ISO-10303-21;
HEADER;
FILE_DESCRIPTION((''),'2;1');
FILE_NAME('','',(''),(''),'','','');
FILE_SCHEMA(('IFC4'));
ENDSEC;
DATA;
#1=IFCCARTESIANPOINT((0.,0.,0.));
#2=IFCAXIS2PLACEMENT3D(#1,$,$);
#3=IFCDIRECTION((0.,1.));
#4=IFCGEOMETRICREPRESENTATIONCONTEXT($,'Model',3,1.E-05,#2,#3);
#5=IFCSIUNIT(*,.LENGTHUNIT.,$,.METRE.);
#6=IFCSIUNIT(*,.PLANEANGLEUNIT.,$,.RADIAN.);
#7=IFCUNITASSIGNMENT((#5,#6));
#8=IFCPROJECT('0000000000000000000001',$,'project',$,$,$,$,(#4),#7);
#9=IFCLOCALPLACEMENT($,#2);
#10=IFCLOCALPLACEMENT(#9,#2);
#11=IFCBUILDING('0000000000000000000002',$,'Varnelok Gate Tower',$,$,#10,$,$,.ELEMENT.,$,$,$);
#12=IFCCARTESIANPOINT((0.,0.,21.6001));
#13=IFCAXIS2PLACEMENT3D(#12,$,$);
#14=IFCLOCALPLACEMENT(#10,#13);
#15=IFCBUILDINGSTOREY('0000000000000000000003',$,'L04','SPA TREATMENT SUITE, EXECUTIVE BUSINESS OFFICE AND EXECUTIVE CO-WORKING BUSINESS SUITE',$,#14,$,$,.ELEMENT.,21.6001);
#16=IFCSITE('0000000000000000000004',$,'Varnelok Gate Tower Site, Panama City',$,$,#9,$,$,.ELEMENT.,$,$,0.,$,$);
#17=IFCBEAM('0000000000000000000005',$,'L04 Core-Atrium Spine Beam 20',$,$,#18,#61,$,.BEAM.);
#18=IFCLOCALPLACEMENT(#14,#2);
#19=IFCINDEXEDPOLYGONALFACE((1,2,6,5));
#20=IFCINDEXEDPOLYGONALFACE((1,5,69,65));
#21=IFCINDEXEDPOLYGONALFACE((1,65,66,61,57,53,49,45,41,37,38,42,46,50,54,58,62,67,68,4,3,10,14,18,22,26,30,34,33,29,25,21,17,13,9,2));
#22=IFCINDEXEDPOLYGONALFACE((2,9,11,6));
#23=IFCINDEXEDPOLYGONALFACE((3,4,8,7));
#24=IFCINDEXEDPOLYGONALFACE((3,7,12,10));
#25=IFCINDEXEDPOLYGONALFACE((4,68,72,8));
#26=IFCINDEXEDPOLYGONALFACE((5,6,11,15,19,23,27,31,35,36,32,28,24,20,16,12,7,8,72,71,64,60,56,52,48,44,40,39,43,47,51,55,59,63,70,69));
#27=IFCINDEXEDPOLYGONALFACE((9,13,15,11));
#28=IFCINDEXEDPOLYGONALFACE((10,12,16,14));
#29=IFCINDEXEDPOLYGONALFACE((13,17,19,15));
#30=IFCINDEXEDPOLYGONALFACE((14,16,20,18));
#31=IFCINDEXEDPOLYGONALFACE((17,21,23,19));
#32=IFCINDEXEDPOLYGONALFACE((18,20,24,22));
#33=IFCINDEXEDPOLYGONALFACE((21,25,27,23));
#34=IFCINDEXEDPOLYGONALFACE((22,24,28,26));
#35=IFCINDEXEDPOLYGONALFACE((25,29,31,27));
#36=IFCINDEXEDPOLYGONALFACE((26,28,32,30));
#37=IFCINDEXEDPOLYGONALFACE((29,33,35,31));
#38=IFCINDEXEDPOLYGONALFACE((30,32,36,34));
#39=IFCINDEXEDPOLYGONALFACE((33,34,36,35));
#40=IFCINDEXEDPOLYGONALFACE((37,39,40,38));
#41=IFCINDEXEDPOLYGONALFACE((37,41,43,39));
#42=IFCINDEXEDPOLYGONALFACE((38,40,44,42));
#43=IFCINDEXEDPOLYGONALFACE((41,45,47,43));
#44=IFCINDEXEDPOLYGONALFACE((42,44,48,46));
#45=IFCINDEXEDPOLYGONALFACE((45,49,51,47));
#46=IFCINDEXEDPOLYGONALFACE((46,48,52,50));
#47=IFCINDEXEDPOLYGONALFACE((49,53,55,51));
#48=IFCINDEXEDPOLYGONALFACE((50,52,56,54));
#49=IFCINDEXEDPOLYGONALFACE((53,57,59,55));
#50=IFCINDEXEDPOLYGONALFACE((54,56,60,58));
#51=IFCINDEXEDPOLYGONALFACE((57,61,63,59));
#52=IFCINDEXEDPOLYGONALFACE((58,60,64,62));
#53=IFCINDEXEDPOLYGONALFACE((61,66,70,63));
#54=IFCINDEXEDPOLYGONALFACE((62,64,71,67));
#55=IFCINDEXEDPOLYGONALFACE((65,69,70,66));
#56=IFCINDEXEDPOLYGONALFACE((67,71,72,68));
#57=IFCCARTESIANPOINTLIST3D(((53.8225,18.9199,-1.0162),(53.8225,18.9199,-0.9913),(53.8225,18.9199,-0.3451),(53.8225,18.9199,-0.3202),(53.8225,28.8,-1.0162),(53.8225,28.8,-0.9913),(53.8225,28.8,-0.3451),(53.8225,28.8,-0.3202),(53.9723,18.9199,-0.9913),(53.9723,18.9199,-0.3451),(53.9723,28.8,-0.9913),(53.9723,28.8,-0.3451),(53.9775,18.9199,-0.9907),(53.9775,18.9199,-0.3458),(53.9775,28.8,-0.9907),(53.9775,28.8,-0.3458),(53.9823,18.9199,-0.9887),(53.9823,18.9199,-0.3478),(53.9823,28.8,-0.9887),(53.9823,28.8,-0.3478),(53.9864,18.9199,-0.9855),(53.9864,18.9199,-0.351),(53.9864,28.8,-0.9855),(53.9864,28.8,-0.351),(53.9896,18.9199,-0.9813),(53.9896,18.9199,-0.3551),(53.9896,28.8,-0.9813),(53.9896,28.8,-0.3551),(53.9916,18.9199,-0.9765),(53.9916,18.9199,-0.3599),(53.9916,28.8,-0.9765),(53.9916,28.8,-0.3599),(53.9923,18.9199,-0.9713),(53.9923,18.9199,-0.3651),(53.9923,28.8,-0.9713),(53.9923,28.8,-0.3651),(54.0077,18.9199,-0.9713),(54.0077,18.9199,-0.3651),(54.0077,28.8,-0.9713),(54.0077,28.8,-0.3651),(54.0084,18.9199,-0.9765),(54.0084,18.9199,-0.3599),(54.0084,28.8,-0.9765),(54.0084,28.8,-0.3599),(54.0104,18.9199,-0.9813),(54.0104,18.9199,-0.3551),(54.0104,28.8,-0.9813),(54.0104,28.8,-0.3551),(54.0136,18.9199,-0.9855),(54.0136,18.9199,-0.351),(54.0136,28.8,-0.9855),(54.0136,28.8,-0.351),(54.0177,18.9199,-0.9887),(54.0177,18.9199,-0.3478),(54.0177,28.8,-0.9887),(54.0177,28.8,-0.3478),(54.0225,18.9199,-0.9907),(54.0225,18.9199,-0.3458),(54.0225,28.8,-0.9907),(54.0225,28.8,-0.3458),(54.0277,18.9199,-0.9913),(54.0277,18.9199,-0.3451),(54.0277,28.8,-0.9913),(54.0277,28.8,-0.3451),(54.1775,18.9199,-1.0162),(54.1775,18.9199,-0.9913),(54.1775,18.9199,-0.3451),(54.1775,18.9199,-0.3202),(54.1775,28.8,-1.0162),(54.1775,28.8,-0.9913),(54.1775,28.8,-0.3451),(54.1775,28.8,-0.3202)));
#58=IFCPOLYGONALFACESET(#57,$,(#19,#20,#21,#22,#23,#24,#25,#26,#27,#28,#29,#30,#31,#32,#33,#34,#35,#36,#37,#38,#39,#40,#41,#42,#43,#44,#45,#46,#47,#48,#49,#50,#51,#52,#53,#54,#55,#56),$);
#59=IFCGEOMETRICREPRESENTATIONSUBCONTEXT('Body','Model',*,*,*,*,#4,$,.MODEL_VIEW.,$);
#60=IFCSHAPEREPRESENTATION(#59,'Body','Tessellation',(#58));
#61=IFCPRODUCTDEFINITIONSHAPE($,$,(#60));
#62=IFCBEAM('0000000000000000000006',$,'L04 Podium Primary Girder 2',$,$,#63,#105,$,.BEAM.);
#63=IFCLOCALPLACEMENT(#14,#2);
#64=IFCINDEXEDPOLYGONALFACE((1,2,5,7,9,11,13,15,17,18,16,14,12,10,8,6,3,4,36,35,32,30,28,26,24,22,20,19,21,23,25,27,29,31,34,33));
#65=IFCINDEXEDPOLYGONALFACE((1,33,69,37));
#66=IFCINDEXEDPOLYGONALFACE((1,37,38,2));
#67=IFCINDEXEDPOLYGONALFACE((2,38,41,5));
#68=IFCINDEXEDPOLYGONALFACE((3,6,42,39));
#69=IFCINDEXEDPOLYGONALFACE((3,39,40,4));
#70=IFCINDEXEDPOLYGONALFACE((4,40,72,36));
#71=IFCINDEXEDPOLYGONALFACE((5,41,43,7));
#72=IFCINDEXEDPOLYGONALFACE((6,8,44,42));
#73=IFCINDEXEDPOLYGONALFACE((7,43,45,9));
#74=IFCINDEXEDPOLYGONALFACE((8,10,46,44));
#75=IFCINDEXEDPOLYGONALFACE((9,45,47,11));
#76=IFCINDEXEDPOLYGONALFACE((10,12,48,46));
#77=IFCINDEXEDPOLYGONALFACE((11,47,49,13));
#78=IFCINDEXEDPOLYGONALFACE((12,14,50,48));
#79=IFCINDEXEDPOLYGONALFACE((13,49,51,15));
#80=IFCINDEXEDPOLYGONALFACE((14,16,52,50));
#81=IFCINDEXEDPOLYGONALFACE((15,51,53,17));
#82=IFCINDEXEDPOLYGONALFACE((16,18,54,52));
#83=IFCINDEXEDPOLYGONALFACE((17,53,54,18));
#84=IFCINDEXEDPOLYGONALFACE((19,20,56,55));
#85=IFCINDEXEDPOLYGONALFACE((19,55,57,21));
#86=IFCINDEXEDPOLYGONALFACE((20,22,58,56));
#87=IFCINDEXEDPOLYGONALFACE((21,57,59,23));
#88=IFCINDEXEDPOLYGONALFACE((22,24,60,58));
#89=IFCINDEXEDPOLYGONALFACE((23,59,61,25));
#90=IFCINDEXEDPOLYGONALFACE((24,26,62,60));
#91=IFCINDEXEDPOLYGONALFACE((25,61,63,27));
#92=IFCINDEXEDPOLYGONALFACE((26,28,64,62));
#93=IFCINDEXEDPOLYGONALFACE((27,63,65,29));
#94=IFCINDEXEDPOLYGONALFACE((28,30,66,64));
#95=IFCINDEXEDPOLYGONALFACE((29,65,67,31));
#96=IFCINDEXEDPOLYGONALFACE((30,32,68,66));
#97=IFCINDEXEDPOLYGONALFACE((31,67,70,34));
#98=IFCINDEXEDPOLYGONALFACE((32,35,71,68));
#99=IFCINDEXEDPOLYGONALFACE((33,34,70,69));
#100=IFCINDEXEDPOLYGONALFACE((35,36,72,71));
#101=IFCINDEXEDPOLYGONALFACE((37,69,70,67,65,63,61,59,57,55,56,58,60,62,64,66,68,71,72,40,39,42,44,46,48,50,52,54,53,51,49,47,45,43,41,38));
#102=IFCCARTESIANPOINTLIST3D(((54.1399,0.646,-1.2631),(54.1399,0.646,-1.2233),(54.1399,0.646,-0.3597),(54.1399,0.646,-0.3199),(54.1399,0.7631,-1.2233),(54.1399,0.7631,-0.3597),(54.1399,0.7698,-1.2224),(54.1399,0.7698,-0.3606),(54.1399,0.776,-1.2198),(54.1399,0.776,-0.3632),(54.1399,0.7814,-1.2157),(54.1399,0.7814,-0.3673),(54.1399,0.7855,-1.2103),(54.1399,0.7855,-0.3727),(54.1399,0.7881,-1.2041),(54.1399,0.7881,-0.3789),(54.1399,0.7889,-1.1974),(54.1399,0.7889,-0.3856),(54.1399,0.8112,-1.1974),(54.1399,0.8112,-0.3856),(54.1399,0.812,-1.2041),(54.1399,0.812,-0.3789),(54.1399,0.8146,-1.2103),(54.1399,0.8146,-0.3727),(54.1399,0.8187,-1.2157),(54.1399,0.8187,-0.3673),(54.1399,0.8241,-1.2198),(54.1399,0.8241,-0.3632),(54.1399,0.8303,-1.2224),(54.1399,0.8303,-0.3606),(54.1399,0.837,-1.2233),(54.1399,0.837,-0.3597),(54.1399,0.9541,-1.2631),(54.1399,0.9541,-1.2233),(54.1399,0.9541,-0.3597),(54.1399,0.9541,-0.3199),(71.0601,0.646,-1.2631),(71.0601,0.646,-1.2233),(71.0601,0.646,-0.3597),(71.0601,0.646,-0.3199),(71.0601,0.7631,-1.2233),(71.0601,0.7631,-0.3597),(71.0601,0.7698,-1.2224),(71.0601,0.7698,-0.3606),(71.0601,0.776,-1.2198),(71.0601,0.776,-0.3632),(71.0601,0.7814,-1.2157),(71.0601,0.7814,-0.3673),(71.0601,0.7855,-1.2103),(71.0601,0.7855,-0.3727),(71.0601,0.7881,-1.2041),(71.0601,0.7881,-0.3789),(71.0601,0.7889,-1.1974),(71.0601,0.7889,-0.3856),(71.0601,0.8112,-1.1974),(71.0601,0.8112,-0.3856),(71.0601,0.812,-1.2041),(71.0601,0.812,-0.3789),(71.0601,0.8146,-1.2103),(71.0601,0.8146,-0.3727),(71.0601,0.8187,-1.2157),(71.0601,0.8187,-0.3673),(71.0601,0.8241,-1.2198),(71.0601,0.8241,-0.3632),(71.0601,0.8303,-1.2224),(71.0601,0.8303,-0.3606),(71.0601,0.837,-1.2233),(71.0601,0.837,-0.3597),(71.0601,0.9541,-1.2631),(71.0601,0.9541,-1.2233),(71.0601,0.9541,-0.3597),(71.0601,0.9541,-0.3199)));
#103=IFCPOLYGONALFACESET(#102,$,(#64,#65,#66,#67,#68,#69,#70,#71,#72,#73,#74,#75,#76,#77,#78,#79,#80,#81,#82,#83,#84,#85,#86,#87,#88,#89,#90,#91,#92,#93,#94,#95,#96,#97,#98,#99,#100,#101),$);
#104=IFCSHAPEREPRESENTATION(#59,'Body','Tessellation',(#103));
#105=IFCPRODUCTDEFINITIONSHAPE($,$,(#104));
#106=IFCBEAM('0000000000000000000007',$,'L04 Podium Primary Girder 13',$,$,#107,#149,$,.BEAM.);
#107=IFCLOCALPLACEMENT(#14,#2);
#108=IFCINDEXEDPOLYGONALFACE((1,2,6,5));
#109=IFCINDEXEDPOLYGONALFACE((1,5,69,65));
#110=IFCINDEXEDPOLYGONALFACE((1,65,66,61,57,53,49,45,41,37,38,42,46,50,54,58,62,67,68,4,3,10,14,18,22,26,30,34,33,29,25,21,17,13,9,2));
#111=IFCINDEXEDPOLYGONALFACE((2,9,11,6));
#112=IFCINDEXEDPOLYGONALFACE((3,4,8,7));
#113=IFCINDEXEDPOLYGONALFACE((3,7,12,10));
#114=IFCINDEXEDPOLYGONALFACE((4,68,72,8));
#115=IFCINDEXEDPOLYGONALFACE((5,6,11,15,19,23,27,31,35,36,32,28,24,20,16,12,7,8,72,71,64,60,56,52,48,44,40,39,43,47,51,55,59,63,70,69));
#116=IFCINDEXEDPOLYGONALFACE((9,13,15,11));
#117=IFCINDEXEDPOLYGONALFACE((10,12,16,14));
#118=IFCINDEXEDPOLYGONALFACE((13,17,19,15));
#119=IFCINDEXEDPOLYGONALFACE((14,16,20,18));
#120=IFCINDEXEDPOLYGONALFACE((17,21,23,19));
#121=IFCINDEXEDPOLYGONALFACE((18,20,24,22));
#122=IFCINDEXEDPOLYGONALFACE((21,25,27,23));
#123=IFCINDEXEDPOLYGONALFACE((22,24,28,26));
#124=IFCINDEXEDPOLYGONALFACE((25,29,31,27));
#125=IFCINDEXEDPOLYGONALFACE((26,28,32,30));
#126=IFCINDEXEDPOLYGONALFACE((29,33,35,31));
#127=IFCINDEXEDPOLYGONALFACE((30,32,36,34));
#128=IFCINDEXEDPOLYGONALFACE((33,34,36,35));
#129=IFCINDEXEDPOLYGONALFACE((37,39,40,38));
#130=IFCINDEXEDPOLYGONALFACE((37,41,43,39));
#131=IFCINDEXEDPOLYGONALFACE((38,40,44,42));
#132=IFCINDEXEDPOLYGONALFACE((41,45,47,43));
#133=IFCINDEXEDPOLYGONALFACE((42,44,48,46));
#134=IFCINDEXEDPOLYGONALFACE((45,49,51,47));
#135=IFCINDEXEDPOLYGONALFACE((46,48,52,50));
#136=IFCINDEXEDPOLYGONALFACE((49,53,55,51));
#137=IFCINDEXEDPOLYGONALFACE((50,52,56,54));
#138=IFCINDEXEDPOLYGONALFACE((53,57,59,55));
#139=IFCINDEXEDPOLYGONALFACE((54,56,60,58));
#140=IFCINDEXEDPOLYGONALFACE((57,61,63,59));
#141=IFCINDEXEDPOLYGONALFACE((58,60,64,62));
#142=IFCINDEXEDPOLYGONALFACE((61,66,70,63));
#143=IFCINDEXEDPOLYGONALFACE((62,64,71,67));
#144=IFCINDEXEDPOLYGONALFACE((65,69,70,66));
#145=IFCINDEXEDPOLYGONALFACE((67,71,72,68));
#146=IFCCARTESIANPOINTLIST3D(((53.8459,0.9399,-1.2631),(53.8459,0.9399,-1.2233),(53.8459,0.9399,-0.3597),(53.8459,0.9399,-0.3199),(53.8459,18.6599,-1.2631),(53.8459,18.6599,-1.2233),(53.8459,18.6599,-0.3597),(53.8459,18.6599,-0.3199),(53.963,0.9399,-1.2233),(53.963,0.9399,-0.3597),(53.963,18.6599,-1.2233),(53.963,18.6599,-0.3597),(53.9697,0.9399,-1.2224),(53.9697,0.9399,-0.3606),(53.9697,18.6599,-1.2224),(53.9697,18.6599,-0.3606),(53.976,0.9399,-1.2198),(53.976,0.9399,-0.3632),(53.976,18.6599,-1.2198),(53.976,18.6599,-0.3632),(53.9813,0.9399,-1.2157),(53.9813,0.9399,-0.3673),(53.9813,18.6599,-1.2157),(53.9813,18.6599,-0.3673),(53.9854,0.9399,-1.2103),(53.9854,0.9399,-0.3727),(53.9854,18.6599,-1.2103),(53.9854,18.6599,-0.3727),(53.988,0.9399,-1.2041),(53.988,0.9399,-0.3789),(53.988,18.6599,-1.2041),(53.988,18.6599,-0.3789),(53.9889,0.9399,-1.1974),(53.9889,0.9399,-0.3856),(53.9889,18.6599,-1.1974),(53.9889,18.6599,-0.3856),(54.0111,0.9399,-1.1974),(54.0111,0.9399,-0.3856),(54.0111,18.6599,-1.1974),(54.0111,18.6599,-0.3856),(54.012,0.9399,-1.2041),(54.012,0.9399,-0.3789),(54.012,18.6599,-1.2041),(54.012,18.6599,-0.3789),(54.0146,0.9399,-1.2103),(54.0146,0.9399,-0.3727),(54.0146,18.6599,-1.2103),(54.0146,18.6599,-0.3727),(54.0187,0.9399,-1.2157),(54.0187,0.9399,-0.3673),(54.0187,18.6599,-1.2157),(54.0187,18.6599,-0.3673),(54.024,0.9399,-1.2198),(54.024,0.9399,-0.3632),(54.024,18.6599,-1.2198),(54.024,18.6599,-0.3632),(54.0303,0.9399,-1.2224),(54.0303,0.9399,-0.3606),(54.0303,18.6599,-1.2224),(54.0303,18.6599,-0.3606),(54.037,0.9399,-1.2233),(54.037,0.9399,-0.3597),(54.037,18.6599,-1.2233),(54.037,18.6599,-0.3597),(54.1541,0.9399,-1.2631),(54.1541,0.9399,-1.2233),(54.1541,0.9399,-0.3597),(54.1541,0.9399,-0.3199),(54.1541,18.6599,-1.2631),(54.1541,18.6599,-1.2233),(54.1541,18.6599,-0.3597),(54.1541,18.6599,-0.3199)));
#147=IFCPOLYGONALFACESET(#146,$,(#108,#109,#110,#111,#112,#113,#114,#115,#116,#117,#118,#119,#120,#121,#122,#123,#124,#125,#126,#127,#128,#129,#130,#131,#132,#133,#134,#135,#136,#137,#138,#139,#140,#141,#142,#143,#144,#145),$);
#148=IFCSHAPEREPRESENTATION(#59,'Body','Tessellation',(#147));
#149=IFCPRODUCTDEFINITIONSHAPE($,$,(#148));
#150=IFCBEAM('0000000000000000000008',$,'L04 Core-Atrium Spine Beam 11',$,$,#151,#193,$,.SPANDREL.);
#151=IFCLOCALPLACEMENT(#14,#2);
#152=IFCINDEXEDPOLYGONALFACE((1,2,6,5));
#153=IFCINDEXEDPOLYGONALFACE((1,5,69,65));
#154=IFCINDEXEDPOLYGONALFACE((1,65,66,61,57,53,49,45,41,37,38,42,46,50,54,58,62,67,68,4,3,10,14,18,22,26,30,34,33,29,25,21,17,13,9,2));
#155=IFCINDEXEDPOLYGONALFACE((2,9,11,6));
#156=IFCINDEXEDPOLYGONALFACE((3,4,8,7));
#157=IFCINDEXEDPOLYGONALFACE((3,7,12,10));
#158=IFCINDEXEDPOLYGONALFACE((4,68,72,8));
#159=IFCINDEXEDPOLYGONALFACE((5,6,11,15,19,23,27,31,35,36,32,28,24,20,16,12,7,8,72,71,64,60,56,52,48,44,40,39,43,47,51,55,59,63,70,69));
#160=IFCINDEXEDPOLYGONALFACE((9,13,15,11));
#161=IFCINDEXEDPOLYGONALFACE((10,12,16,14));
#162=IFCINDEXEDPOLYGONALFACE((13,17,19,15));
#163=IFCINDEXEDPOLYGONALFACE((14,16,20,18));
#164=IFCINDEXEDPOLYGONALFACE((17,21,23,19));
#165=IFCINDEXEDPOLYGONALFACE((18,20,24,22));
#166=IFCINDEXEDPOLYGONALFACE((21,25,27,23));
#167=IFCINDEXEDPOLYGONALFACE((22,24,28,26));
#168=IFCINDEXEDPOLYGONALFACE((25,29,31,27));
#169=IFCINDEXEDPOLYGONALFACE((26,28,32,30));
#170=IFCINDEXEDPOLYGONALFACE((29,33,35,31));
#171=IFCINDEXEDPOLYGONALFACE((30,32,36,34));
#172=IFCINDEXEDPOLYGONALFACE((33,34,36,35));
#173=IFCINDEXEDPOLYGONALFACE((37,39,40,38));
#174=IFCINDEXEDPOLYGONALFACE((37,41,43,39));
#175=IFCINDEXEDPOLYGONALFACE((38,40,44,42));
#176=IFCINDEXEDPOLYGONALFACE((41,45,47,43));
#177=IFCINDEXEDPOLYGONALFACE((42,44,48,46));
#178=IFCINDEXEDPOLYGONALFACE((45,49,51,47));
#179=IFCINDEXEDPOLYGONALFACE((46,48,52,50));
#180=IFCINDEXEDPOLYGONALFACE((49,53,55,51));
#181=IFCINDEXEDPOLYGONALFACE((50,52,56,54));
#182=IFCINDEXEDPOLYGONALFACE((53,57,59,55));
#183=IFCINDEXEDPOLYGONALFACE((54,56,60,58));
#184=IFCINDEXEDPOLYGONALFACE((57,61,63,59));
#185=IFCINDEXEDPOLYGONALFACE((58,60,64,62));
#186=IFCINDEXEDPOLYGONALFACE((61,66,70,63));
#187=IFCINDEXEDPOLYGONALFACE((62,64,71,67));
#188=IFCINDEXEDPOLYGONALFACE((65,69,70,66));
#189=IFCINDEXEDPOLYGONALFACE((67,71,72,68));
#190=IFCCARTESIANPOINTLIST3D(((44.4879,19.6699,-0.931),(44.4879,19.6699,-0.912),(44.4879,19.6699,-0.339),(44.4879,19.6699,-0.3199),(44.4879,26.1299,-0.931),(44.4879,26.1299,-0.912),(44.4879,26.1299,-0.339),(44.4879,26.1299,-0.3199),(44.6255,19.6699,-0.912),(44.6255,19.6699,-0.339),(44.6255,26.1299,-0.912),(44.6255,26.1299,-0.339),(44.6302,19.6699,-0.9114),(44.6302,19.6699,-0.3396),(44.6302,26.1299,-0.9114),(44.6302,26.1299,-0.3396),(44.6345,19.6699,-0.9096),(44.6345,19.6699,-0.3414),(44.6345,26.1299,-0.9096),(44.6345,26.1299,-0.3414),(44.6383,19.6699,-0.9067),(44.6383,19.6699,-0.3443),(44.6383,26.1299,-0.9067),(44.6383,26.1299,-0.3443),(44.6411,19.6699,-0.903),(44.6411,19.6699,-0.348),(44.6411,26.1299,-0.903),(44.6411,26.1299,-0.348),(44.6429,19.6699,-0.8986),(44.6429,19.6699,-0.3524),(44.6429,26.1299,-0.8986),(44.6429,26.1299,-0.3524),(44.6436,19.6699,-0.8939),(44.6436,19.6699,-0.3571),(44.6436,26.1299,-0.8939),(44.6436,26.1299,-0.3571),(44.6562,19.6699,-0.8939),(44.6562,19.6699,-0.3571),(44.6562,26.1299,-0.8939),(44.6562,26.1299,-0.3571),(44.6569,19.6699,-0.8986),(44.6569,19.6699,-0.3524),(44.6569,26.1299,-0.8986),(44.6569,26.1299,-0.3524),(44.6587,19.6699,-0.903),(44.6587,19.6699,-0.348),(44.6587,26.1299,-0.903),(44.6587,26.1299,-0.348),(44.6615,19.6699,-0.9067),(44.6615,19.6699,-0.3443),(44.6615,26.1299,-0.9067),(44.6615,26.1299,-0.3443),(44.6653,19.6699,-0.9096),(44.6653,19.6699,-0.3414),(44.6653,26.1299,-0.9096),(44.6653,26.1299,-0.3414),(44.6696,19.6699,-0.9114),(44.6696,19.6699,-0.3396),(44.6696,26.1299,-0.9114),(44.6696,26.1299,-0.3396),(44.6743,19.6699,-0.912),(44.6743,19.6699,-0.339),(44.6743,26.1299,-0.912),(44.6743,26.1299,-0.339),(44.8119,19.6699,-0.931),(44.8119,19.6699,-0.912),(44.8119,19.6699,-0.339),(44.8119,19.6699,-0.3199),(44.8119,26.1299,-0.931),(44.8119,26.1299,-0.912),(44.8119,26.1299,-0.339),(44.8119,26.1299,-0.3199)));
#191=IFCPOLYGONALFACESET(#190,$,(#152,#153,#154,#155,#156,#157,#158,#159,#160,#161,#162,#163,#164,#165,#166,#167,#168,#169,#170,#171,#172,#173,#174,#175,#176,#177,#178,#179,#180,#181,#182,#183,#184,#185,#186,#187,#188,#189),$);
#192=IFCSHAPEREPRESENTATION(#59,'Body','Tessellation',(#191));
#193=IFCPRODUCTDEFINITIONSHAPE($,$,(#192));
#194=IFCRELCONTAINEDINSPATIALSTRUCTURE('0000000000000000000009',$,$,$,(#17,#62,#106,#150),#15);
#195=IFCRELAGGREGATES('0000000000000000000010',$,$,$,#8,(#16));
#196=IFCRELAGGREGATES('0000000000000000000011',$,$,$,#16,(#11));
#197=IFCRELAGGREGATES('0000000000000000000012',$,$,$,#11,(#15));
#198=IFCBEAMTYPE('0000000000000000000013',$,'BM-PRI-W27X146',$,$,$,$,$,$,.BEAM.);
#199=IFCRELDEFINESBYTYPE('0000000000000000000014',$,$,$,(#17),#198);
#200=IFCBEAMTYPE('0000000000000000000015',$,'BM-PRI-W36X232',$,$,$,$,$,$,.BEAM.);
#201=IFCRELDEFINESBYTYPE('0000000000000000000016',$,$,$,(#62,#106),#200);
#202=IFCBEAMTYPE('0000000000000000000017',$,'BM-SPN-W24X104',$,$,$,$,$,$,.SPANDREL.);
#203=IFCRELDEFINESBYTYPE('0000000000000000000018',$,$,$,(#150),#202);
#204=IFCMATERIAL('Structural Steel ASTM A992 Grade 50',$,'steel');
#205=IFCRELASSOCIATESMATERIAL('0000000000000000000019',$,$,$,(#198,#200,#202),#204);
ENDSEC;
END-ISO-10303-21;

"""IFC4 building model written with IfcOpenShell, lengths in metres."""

from ifc_helpers import new_model, si_unit, direction, frame, origin, origin_2d, place, context, subcontext, project, spatial, i_section, extrude, material, material_profile, profile_set, type_object, element, save


model = new_model("IFC4")

# Units and contexts
model_context = context("Model", 3, precision=1e-05, world=origin(), true_north=direction((0.0, 1.0)))
body_context = subcontext(model_context, "Body", "Model", "MODEL_VIEW")
ifc_project = project(units=[si_unit("LENGTHUNIT", "METRE"), si_unit("PLANEANGLEUNIT", "RADIAN")], contexts=[model_context])

# Site, building, storey
site_placement = place(None, origin())
site = spatial("IfcSite", under=ifc_project, at=site_placement, Name="Varnelok Gate Tower Site, Panama City", CompositionType="ELEMENT", RefElevation=0.0)
building_placement = place(site_placement, origin())
building = spatial("IfcBuilding", under=site, at=building_placement, Name="Varnelok Gate Tower", CompositionType="ELEMENT")
storey_placement = place(building_placement, frame((0.0, 0.0, 21.6001)))
storey = spatial("IfcBuildingStorey", under=building, at=storey_placement, Name="L04", Description="SPA TREATMENT SUITE, EXECUTIVE BUSINESS OFFICE AND EXECUTIVE CO-WORKING BUSINESS SUITE", CompositionType="ELEMENT", Elevation=21.6001)

# Shared definitions
ifc_material_1 = material(Name="Structural Steel ASTM A992 Grade 50", Category="steel")

# Beams
ifc_material_profile_1 = material_profile(ifc_material_1, i_section(OverallWidth=0.355, OverallDepth=0.696, WebThickness=0.0154, FlangeThickness=0.0249, FilletRadius=0.02, at=origin_2d()), Name="W27X146")
ifc_profile_set_1 = profile_set([ifc_material_profile_1], Name="Structural Steel ASTM A992 Grade 50")
beam_type_1 = type_object("IfcBeamType", Name="BM-PRI-W27X146", PredefinedType="BEAM", material=ifc_profile_set_1)
beam_1_placement = place(storey_placement, frame((54.0, 18.9199, -0.6682), z_axis=(0.0, 1.0, 0.0), x_axis=(-1.0, 0.0, 0.0)))
element("IfcBeam", 1, at=beam_1_placement, inside=storey, type_object=beam_type_1, Name="L04 Core-Atrium Spine Beam 20", PredefinedType="BEAM", context=body_context, shape_type="SweptSolid", body=[
    extrude(i_section(OverallWidth=0.355, OverallDepth=0.696, WebThickness=0.0154, FlangeThickness=0.0249, FilletRadius=0.02, at=origin_2d()), origin(), (0.0, 0.0, 1.0), 9.8801),
])
ifc_material_profile_2 = material_profile(ifc_material_1, i_section(OverallWidth=0.3081, OverallDepth=0.9431, WebThickness=0.0222, FlangeThickness=0.0398, FilletRadius=0.0259, at=origin_2d()), Name="W36X232")
ifc_profile_set_2 = profile_set([ifc_material_profile_2], Name="Structural Steel ASTM A992 Grade 50")
beam_type_2 = type_object("IfcBeamType", Name="BM-PRI-W36X232", PredefinedType="BEAM", material=ifc_profile_set_2)
beam_2_placement = place(storey_placement, frame((54.1399, 0.8, -0.7915), z_axis=(1.0, 0.0, 0.0), x_axis=(0.0, 1.0, 0.0)))
element("IfcBeam", 2, at=beam_2_placement, inside=storey, type_object=beam_type_2, Name="L04 Podium Primary Girder 2", PredefinedType="BEAM", context=body_context, shape_type="SweptSolid", body=[
    extrude(i_section(OverallWidth=0.3081, OverallDepth=0.9431, WebThickness=0.0222, FlangeThickness=0.0398, FilletRadius=0.0259, at=origin_2d()), origin(), (0.0, 0.0, 1.0), 16.9202),
])
beam_3_placement = place(storey_placement, frame((54.0, 0.9399, -0.7915), z_axis=(0.0, 1.0, 0.0), x_axis=(-1.0, 0.0, 0.0)))
element("IfcBeam", 3, at=beam_3_placement, inside=storey, type_object=beam_type_2, Name="L04 Podium Primary Girder 13", PredefinedType="BEAM", context=body_context, shape_type="SweptSolid", body=[
    extrude(i_section(OverallWidth=0.3081, OverallDepth=0.9431, WebThickness=0.0222, FlangeThickness=0.0398, FilletRadius=0.0259, at=origin_2d()), origin(), (0.0, 0.0, 1.0), 17.72),
])
ifc_material_profile_3 = material_profile(ifc_material_1, i_section(OverallWidth=0.324, OverallDepth=0.6111, WebThickness=0.0127, FlangeThickness=0.019, FilletRadius=0.0181, at=origin_2d()), Name="W24X104")
ifc_profile_set_3 = profile_set([ifc_material_profile_3], Name="Structural Steel ASTM A992 Grade 50")
beam_type_3 = type_object("IfcBeamType", Name="BM-SPN-W24X104", PredefinedType="SPANDREL", material=ifc_profile_set_3)
beam_4_placement = place(storey_placement, frame((44.6499, 19.6699, -0.6255), z_axis=(0.0, 1.0, 0.0), x_axis=(-1.0, 0.0, 0.0)))
element("IfcBeam", 4, at=beam_4_placement, inside=storey, type_object=beam_type_3, Name="L04 Core-Atrium Spine Beam 11", PredefinedType="SPANDREL", context=body_context, shape_type="SweptSolid", body=[
    extrude(i_section(OverallWidth=0.324, OverallDepth=0.6111, WebThickness=0.0127, FlangeThickness=0.019, FilletRadius=0.0181, at=origin_2d()), origin(), (0.0, 0.0, 1.0), 6.46),
])

save(model, "model.ifc")
